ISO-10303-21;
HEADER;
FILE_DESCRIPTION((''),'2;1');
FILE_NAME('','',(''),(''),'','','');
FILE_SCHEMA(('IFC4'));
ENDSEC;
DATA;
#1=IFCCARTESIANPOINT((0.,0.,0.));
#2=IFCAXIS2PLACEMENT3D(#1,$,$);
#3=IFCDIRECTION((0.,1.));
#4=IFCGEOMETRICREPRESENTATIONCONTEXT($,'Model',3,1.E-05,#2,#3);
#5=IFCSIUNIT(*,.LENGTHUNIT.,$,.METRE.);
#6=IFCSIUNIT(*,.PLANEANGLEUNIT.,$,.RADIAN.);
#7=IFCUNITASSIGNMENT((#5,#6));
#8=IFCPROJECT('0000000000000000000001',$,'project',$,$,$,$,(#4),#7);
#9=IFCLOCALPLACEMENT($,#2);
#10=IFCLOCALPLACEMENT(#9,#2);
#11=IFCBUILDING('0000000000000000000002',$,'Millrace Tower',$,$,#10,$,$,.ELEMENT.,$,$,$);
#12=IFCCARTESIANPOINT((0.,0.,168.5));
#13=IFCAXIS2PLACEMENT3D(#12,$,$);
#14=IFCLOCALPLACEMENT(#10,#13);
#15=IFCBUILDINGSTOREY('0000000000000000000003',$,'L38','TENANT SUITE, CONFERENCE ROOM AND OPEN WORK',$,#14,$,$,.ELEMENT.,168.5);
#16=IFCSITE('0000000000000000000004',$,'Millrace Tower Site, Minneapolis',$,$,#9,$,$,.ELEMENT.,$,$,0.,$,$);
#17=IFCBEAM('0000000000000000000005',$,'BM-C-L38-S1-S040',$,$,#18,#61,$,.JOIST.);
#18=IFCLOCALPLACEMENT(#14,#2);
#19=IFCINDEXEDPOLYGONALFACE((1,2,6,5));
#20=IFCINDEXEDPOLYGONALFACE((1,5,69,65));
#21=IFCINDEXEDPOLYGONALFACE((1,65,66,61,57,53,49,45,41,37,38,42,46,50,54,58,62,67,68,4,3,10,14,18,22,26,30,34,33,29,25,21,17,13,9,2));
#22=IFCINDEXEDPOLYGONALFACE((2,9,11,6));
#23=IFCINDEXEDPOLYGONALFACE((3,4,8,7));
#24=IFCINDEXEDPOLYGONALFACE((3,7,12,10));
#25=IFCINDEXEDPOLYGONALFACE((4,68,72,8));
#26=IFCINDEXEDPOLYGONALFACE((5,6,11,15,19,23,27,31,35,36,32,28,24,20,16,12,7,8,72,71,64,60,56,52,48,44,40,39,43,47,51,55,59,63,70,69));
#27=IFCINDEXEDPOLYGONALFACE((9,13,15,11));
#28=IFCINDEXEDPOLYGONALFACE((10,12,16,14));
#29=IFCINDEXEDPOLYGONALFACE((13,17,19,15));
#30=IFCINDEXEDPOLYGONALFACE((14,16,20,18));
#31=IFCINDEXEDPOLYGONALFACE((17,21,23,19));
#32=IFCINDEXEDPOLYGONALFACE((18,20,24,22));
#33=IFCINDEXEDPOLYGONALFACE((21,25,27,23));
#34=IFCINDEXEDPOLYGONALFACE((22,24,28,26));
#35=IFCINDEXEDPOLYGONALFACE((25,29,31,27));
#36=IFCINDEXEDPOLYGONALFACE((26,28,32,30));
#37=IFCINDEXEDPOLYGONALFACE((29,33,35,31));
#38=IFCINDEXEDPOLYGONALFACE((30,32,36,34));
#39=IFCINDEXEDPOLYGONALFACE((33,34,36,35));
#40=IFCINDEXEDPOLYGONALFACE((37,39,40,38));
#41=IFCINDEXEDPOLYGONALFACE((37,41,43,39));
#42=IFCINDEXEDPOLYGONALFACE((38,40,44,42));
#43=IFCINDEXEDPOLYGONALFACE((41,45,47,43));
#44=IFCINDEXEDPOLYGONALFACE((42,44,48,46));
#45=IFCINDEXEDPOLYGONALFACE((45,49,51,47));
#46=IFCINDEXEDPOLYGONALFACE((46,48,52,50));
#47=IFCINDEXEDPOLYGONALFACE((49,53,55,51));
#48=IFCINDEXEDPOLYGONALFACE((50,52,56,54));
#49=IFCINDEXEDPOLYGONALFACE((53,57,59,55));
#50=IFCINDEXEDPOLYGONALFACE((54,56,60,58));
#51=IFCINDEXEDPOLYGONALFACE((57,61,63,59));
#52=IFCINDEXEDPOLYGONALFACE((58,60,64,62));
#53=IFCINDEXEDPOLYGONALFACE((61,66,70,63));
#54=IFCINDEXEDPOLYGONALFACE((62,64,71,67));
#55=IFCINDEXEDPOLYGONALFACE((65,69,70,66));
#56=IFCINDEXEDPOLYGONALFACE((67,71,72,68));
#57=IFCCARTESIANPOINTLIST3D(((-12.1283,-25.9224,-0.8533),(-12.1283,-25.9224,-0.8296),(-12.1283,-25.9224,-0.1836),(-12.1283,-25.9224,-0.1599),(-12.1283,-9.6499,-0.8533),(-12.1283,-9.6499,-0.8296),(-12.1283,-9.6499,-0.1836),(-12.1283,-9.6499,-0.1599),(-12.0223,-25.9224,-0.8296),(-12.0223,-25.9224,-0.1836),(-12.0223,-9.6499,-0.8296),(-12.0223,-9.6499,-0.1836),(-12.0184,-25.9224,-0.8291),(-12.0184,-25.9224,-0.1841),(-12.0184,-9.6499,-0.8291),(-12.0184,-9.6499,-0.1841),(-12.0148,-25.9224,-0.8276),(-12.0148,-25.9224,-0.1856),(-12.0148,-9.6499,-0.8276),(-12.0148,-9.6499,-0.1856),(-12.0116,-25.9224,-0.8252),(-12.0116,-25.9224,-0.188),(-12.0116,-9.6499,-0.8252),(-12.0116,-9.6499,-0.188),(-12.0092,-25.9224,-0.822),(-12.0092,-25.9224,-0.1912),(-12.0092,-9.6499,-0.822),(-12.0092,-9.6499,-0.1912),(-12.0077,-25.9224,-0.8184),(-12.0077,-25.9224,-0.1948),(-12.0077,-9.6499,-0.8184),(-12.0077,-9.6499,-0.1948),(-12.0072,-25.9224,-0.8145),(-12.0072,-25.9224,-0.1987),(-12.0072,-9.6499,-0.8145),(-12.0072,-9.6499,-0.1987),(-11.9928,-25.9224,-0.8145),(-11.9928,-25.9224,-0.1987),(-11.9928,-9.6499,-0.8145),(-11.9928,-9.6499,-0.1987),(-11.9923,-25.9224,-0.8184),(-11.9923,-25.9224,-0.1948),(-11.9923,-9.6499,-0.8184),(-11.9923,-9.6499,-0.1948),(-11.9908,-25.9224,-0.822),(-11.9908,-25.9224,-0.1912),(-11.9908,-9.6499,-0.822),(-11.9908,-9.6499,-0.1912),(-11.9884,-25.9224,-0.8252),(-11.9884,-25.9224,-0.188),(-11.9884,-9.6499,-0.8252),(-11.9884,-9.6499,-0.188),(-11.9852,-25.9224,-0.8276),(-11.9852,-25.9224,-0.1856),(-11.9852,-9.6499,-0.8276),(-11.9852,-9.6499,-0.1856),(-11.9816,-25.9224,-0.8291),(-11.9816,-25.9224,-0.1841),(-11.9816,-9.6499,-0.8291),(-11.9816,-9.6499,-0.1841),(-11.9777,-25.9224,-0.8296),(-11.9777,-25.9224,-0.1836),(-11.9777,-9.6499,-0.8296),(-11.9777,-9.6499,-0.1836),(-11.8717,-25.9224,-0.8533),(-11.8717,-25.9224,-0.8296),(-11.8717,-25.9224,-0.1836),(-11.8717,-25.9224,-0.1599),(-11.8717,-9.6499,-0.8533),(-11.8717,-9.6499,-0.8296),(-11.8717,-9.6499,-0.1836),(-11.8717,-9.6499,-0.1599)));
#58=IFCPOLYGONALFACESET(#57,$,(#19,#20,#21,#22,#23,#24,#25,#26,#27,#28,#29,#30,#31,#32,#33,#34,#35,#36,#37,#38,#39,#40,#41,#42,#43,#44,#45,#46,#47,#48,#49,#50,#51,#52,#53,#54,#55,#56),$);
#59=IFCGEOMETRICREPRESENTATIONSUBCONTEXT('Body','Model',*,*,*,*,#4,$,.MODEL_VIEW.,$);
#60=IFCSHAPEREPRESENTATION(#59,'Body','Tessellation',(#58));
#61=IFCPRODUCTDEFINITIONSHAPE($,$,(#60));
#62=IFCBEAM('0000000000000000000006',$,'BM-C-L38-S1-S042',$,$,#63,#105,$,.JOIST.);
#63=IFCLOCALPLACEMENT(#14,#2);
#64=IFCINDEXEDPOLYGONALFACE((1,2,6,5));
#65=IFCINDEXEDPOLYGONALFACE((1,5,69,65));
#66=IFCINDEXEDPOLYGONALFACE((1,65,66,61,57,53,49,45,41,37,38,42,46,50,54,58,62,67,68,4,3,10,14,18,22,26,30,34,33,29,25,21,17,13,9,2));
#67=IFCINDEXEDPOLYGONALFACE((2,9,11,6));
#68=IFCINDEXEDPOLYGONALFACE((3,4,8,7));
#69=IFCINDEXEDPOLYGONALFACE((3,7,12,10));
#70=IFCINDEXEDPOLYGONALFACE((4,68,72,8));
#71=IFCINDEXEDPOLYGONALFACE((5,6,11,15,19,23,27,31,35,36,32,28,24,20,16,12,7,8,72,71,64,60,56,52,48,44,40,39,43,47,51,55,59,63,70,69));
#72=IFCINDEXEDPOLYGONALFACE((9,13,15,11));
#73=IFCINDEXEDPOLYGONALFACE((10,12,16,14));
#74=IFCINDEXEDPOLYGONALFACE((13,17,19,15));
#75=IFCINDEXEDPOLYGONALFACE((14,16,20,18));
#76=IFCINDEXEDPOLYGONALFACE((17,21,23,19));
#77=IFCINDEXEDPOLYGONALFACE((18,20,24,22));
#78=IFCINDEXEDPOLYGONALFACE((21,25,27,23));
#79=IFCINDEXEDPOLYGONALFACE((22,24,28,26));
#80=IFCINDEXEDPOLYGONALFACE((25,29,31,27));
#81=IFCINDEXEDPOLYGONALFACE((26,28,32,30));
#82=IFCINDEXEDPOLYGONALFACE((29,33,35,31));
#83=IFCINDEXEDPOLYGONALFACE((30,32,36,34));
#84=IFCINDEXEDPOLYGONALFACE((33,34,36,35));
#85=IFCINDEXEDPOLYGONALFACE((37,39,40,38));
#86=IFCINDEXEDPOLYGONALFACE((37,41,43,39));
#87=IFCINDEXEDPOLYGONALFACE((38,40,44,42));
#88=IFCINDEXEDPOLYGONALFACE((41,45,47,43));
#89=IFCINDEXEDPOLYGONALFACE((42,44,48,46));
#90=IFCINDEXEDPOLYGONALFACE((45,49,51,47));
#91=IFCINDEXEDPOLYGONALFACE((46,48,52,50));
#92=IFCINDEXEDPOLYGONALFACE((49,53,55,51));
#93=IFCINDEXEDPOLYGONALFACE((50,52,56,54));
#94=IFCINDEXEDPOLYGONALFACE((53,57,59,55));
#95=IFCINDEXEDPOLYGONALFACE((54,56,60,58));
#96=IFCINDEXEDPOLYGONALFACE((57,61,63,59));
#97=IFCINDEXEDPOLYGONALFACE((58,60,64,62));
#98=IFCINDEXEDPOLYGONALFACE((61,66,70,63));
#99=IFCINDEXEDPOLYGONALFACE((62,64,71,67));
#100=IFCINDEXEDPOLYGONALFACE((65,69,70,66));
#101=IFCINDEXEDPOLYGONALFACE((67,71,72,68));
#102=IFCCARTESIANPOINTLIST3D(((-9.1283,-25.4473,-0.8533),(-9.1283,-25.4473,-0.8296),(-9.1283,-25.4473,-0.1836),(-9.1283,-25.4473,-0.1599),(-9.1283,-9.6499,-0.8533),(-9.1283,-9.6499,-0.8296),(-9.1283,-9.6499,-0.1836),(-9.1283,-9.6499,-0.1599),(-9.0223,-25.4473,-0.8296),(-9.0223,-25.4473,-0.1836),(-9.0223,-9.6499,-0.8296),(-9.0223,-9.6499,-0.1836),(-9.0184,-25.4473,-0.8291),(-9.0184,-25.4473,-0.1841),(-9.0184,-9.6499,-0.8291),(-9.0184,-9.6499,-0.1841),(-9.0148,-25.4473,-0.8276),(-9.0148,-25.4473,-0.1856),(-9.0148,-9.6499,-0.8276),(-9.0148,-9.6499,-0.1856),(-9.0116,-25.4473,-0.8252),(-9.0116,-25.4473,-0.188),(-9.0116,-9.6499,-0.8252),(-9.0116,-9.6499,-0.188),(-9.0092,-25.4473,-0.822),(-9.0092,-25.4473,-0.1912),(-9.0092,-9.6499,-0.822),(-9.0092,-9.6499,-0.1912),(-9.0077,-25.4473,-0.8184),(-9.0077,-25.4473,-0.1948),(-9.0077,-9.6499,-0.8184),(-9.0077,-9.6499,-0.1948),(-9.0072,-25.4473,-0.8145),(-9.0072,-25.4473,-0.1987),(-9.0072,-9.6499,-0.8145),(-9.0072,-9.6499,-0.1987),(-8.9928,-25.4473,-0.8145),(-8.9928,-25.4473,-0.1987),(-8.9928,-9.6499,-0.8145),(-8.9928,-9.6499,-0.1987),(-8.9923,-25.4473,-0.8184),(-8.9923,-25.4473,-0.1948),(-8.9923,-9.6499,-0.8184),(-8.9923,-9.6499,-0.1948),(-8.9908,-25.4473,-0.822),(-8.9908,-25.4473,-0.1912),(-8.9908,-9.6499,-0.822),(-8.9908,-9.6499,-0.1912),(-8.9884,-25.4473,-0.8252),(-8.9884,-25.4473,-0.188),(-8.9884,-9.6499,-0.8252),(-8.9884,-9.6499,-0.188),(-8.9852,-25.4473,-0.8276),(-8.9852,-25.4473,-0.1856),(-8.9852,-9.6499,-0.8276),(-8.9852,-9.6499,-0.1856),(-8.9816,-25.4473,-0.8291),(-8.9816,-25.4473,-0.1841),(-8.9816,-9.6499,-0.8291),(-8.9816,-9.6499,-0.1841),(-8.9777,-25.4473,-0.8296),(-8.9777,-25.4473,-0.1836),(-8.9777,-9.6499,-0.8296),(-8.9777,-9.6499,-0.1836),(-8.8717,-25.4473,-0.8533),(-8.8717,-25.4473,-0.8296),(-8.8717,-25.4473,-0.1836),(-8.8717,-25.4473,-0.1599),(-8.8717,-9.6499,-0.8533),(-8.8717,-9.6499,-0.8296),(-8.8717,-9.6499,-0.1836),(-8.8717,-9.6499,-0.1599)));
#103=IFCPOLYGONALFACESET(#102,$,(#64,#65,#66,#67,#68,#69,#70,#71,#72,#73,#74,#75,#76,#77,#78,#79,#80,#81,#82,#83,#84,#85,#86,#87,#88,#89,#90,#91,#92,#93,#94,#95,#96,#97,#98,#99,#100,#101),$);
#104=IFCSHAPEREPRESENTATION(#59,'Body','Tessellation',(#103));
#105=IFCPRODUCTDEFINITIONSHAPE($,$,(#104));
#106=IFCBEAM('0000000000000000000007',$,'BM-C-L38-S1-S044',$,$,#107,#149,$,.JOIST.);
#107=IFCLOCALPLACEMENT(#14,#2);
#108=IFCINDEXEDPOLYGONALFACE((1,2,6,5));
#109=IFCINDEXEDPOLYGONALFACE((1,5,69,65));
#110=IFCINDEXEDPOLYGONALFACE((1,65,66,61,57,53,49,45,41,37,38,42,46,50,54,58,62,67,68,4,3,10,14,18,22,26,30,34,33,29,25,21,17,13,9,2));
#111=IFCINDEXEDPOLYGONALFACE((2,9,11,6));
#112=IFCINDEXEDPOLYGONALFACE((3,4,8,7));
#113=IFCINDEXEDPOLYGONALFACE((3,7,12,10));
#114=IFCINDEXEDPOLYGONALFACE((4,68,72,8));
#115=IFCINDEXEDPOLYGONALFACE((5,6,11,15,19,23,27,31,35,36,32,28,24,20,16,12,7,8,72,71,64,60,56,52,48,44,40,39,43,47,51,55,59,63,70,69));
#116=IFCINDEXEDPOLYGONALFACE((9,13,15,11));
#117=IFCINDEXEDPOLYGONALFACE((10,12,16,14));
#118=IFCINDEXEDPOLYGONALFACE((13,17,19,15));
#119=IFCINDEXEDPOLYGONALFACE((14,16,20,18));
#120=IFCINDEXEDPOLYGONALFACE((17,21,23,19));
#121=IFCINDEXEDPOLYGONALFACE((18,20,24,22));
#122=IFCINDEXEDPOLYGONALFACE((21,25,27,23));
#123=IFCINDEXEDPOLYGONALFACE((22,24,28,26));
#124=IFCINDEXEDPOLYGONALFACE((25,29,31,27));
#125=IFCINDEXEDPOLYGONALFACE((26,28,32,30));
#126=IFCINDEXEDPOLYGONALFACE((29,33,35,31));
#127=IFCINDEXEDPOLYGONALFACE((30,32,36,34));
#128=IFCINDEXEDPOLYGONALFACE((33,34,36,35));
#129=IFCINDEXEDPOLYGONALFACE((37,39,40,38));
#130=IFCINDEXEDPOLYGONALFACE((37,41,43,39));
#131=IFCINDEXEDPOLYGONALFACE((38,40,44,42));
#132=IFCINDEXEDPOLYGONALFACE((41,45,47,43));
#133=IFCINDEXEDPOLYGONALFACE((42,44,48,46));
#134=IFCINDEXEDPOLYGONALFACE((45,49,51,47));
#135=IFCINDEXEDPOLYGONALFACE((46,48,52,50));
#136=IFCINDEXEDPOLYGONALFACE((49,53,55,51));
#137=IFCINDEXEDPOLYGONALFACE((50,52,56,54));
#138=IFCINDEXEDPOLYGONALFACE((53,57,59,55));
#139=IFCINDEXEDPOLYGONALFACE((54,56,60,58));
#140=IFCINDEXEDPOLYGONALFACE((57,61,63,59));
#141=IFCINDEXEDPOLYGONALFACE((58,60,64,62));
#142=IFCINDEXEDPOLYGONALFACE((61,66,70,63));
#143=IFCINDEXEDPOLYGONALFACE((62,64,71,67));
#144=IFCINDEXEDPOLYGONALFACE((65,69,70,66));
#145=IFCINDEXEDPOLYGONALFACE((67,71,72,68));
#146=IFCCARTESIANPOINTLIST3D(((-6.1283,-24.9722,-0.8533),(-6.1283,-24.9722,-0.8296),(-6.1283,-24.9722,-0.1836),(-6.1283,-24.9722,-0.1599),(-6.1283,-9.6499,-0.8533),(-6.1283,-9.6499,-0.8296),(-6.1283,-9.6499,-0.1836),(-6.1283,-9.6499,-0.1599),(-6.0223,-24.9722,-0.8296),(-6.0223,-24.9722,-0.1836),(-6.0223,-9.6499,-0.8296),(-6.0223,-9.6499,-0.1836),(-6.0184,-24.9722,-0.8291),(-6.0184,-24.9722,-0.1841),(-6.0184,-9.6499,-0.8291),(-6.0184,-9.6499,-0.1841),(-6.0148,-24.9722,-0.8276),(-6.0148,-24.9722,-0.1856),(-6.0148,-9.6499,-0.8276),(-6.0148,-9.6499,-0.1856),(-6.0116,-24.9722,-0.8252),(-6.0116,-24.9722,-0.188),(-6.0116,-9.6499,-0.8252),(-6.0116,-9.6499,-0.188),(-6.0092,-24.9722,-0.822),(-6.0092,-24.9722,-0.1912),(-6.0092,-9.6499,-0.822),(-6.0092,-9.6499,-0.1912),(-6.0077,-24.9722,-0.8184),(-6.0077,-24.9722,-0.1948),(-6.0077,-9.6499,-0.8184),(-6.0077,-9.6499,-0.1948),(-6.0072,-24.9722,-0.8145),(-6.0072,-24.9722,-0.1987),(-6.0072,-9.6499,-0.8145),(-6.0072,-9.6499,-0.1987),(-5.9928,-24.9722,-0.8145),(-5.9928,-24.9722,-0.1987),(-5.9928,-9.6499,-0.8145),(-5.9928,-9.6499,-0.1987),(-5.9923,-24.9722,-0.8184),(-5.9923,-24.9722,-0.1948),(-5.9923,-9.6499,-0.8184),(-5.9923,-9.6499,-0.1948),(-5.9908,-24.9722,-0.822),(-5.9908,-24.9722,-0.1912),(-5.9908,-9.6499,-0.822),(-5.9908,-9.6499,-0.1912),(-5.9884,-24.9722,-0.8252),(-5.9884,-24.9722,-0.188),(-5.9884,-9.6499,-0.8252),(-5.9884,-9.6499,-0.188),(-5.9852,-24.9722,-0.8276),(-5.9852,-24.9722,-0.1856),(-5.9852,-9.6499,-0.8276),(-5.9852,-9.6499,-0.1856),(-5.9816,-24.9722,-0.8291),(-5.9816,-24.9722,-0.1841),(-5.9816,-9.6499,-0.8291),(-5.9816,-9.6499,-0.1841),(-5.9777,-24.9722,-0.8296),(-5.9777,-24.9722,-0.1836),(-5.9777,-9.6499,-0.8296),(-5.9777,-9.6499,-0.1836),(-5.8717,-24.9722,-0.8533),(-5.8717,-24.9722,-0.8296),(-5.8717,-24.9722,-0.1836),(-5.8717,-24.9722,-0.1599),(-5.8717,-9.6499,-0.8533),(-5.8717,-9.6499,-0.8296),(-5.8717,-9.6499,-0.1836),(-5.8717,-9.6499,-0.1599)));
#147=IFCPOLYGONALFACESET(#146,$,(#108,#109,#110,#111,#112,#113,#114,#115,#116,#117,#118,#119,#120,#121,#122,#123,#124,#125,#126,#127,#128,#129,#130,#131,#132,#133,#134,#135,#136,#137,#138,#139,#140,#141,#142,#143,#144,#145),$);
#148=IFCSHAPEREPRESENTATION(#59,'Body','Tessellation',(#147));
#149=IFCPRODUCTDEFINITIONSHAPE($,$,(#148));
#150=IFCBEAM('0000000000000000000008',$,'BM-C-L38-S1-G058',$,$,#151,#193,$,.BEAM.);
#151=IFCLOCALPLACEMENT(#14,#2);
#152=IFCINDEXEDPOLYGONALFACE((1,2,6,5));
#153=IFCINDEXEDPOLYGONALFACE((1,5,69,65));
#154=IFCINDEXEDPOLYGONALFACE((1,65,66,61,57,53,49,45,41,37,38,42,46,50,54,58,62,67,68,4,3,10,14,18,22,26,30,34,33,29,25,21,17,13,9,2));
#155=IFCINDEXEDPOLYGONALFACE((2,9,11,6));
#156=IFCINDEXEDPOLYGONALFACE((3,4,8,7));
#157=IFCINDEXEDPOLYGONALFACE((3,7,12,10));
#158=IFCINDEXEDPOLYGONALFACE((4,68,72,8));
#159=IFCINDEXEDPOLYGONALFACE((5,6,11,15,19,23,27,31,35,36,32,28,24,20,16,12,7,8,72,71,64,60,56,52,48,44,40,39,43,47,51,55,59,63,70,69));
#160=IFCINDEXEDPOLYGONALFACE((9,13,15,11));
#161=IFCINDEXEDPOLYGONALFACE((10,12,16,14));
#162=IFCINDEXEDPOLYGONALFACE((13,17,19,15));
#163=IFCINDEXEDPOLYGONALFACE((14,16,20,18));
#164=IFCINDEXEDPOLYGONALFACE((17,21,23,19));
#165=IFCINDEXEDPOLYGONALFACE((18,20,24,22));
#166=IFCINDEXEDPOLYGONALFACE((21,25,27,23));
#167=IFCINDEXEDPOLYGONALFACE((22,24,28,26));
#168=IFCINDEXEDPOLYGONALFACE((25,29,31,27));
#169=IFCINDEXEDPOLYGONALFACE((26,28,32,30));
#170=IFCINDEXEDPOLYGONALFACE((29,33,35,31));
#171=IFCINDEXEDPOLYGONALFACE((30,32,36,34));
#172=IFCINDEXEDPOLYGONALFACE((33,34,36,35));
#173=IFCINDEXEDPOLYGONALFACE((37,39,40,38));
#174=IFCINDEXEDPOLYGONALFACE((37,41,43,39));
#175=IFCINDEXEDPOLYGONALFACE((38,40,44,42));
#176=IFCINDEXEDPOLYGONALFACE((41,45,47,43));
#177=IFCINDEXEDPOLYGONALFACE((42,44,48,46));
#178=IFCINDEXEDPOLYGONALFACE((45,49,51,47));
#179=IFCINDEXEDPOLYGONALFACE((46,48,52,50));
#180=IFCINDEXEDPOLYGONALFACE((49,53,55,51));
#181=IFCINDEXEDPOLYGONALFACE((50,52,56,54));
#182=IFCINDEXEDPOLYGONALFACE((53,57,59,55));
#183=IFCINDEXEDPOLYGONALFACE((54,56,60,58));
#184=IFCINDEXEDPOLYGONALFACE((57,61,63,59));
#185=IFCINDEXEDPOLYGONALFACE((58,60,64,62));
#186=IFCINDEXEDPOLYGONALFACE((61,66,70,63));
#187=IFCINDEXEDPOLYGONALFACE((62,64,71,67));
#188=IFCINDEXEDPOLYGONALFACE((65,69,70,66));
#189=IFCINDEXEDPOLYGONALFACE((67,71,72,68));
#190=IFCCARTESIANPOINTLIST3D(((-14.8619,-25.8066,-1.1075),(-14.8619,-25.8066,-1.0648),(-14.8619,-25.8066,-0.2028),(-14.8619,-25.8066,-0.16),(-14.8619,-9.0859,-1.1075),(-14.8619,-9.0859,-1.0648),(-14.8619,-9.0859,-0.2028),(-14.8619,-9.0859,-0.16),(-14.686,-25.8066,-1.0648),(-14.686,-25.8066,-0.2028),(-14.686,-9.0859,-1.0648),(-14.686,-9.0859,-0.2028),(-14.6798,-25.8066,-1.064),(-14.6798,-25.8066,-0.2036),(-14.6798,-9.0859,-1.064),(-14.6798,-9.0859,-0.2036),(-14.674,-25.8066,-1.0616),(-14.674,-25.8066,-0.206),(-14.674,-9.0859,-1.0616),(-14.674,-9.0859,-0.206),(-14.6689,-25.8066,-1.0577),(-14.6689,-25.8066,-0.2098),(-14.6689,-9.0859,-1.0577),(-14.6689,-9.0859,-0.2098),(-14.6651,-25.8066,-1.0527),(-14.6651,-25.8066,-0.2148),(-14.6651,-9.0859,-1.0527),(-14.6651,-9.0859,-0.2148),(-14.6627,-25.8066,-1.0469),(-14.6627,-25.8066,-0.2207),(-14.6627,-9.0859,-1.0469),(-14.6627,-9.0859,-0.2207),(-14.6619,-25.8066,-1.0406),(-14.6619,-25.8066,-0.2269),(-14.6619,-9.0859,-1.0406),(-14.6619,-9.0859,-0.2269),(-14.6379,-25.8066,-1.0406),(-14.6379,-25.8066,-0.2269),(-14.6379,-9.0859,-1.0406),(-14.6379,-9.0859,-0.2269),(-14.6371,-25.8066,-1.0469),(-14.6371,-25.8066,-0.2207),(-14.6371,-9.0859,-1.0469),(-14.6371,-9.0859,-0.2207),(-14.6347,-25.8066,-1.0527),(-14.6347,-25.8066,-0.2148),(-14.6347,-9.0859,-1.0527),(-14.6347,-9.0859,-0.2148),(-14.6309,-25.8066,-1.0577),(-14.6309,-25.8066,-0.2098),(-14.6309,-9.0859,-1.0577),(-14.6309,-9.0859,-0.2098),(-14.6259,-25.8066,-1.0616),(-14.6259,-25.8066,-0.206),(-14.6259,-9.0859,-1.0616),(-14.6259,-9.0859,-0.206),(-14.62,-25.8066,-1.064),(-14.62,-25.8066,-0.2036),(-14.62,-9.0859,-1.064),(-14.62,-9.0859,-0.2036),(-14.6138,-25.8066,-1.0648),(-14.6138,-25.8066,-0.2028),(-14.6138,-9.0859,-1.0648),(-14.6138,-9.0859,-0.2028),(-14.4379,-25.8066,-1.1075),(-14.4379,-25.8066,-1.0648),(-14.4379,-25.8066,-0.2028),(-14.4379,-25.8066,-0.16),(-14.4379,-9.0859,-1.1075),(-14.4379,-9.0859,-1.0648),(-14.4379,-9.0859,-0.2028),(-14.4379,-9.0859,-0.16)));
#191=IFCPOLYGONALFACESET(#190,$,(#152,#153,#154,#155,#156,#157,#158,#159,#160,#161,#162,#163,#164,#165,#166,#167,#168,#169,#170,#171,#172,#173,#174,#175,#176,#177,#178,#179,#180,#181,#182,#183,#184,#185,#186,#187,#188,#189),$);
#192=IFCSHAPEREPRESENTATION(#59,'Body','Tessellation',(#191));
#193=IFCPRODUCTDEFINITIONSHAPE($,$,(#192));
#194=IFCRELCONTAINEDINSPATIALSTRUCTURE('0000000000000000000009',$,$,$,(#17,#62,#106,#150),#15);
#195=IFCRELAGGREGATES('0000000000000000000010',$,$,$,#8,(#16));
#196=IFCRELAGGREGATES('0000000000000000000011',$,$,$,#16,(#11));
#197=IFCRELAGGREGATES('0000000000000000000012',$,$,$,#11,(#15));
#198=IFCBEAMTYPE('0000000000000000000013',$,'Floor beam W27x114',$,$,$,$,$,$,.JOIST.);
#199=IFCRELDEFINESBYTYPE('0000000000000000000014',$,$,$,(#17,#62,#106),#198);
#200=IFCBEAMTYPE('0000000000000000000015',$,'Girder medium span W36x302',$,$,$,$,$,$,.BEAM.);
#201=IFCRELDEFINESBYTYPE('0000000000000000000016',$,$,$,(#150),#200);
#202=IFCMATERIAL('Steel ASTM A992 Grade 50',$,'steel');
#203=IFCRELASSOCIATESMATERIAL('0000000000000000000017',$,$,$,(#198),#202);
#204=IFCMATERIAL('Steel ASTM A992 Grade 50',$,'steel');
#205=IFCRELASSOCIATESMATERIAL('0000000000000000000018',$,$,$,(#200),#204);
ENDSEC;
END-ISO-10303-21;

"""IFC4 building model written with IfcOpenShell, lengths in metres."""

from ifc_helpers import new_model, si_unit, direction, frame, origin, origin_2d, place, context, subcontext, project, spatial, i_section, extrude, material, material_profile, profile_set, type_object, element, save


model = new_model("IFC4")

# Units and contexts
model_context = context("Model", 3, precision=1e-05, world=origin(), true_north=direction((0.0, 1.0)))
body_context = subcontext(model_context, "Body", "Model", "MODEL_VIEW")
ifc_project = project(units=[si_unit("LENGTHUNIT", "METRE"), si_unit("PLANEANGLEUNIT", "RADIAN")], contexts=[model_context])

# Site, building, storey
site_placement = place(None, origin())
site = spatial("IfcSite", under=ifc_project, at=site_placement, Name="Millrace Tower Site, Minneapolis", CompositionType="ELEMENT", RefElevation=0.0)
building_placement = place(site_placement, origin())
building = spatial("IfcBuilding", under=site, at=building_placement, Name="Millrace Tower", CompositionType="ELEMENT")
storey_placement = place(building_placement, frame((0.0, 0.0, 168.5)))
storey = spatial("IfcBuildingStorey", under=building, at=storey_placement, Name="L38", Description="TENANT SUITE, CONFERENCE ROOM AND OPEN WORK", CompositionType="ELEMENT", Elevation=168.5)

# Beams
ifc_material_1 = material(Name="Steel ASTM A992 Grade 50", Category="steel")
ifc_material_profile_1 = material_profile(ifc_material_1, i_section(OverallWidth=0.2566, OverallDepth=0.6934, WebThickness=0.0144, FlangeThickness=0.0237, FilletRadius=0.0151, at=origin_2d()))
ifc_profile_set_1 = profile_set([ifc_material_profile_1], Name="Steel ASTM A992 Grade 50")
beam_type_1 = type_object("IfcBeamType", Name="Floor beam W27x114", PredefinedType="JOIST", material=ifc_profile_set_1)
beam_1_placement = place(storey_placement, frame((-12.0, -25.9224, -0.5066), z_axis=(0.0, 1.0, 0.0), x_axis=(-1.0, 0.0, 0.0)))
element("IfcBeam", 1, at=beam_1_placement, inside=storey, type_object=beam_type_1, Name="BM-C-L38-S1-S040", PredefinedType="JOIST", context=body_context, shape_type="SweptSolid", body=[
    extrude(i_section(OverallWidth=0.2566, OverallDepth=0.6934, WebThickness=0.0144, FlangeThickness=0.0237, FilletRadius=0.0151, at=origin_2d()), origin(), (0.0, 0.0, 1.0), 16.2725),
])
beam_2_placement = place(storey_placement, frame((-9.0, -25.4473, -0.5066), z_axis=(0.0, 1.0, 0.0), x_axis=(-1.0, 0.0, 0.0)))
element("IfcBeam", 2, at=beam_2_placement, inside=storey, type_object=beam_type_1, Name="BM-C-L38-S1-S042", PredefinedType="JOIST", context=body_context, shape_type="SweptSolid", body=[
    extrude(i_section(OverallWidth=0.2566, OverallDepth=0.6934, WebThickness=0.0144, FlangeThickness=0.0237, FilletRadius=0.0151, at=origin_2d()), origin(), (0.0, 0.0, 1.0), 15.7974),
])
beam_3_placement = place(storey_placement, frame((-6.0, -24.9722, -0.5066), z_axis=(0.0, 1.0, 0.0), x_axis=(-1.0, 0.0, 0.0)))
element("IfcBeam", 3, at=beam_3_placement, inside=storey, type_object=beam_type_1, Name="BM-C-L38-S1-S044", PredefinedType="JOIST", context=body_context, shape_type="SweptSolid", body=[
    extrude(i_section(OverallWidth=0.2566, OverallDepth=0.6934, WebThickness=0.0144, FlangeThickness=0.0237, FilletRadius=0.0151, at=origin_2d()), origin(), (0.0, 0.0, 1.0), 15.3223),
])
ifc_material_2 = material(Name="Steel ASTM A992 Grade 50", Category="steel")
ifc_material_profile_2 = material_profile(ifc_material_2, i_section(OverallWidth=0.4241, OverallDepth=0.9475, WebThickness=0.0239, FlangeThickness=0.0427, FilletRadius=0.0242, at=origin_2d()))
ifc_profile_set_2 = profile_set([ifc_material_profile_2], Name="Steel ASTM A992 Grade 50")
beam_type_2 = type_object("IfcBeamType", Name="Girder medium span W36x302", PredefinedType="BEAM", material=ifc_profile_set_2)
beam_4_placement = place(storey_placement, frame((-14.6499, -25.8066, -0.6338), z_axis=(0.0, 1.0, 0.0), x_axis=(-1.0, 0.0, 0.0)))
element("IfcBeam", 4, at=beam_4_placement, inside=storey, type_object=beam_type_2, Name="BM-C-L38-S1-G058", PredefinedType="BEAM", context=body_context, shape_type="SweptSolid", body=[
    extrude(i_section(OverallWidth=0.4241, OverallDepth=0.9475, WebThickness=0.0239, FlangeThickness=0.0427, FilletRadius=0.0242, at=origin_2d()), origin(), (0.0, 0.0, 1.0), 16.7207),
])

save(model, "model.ifc")
